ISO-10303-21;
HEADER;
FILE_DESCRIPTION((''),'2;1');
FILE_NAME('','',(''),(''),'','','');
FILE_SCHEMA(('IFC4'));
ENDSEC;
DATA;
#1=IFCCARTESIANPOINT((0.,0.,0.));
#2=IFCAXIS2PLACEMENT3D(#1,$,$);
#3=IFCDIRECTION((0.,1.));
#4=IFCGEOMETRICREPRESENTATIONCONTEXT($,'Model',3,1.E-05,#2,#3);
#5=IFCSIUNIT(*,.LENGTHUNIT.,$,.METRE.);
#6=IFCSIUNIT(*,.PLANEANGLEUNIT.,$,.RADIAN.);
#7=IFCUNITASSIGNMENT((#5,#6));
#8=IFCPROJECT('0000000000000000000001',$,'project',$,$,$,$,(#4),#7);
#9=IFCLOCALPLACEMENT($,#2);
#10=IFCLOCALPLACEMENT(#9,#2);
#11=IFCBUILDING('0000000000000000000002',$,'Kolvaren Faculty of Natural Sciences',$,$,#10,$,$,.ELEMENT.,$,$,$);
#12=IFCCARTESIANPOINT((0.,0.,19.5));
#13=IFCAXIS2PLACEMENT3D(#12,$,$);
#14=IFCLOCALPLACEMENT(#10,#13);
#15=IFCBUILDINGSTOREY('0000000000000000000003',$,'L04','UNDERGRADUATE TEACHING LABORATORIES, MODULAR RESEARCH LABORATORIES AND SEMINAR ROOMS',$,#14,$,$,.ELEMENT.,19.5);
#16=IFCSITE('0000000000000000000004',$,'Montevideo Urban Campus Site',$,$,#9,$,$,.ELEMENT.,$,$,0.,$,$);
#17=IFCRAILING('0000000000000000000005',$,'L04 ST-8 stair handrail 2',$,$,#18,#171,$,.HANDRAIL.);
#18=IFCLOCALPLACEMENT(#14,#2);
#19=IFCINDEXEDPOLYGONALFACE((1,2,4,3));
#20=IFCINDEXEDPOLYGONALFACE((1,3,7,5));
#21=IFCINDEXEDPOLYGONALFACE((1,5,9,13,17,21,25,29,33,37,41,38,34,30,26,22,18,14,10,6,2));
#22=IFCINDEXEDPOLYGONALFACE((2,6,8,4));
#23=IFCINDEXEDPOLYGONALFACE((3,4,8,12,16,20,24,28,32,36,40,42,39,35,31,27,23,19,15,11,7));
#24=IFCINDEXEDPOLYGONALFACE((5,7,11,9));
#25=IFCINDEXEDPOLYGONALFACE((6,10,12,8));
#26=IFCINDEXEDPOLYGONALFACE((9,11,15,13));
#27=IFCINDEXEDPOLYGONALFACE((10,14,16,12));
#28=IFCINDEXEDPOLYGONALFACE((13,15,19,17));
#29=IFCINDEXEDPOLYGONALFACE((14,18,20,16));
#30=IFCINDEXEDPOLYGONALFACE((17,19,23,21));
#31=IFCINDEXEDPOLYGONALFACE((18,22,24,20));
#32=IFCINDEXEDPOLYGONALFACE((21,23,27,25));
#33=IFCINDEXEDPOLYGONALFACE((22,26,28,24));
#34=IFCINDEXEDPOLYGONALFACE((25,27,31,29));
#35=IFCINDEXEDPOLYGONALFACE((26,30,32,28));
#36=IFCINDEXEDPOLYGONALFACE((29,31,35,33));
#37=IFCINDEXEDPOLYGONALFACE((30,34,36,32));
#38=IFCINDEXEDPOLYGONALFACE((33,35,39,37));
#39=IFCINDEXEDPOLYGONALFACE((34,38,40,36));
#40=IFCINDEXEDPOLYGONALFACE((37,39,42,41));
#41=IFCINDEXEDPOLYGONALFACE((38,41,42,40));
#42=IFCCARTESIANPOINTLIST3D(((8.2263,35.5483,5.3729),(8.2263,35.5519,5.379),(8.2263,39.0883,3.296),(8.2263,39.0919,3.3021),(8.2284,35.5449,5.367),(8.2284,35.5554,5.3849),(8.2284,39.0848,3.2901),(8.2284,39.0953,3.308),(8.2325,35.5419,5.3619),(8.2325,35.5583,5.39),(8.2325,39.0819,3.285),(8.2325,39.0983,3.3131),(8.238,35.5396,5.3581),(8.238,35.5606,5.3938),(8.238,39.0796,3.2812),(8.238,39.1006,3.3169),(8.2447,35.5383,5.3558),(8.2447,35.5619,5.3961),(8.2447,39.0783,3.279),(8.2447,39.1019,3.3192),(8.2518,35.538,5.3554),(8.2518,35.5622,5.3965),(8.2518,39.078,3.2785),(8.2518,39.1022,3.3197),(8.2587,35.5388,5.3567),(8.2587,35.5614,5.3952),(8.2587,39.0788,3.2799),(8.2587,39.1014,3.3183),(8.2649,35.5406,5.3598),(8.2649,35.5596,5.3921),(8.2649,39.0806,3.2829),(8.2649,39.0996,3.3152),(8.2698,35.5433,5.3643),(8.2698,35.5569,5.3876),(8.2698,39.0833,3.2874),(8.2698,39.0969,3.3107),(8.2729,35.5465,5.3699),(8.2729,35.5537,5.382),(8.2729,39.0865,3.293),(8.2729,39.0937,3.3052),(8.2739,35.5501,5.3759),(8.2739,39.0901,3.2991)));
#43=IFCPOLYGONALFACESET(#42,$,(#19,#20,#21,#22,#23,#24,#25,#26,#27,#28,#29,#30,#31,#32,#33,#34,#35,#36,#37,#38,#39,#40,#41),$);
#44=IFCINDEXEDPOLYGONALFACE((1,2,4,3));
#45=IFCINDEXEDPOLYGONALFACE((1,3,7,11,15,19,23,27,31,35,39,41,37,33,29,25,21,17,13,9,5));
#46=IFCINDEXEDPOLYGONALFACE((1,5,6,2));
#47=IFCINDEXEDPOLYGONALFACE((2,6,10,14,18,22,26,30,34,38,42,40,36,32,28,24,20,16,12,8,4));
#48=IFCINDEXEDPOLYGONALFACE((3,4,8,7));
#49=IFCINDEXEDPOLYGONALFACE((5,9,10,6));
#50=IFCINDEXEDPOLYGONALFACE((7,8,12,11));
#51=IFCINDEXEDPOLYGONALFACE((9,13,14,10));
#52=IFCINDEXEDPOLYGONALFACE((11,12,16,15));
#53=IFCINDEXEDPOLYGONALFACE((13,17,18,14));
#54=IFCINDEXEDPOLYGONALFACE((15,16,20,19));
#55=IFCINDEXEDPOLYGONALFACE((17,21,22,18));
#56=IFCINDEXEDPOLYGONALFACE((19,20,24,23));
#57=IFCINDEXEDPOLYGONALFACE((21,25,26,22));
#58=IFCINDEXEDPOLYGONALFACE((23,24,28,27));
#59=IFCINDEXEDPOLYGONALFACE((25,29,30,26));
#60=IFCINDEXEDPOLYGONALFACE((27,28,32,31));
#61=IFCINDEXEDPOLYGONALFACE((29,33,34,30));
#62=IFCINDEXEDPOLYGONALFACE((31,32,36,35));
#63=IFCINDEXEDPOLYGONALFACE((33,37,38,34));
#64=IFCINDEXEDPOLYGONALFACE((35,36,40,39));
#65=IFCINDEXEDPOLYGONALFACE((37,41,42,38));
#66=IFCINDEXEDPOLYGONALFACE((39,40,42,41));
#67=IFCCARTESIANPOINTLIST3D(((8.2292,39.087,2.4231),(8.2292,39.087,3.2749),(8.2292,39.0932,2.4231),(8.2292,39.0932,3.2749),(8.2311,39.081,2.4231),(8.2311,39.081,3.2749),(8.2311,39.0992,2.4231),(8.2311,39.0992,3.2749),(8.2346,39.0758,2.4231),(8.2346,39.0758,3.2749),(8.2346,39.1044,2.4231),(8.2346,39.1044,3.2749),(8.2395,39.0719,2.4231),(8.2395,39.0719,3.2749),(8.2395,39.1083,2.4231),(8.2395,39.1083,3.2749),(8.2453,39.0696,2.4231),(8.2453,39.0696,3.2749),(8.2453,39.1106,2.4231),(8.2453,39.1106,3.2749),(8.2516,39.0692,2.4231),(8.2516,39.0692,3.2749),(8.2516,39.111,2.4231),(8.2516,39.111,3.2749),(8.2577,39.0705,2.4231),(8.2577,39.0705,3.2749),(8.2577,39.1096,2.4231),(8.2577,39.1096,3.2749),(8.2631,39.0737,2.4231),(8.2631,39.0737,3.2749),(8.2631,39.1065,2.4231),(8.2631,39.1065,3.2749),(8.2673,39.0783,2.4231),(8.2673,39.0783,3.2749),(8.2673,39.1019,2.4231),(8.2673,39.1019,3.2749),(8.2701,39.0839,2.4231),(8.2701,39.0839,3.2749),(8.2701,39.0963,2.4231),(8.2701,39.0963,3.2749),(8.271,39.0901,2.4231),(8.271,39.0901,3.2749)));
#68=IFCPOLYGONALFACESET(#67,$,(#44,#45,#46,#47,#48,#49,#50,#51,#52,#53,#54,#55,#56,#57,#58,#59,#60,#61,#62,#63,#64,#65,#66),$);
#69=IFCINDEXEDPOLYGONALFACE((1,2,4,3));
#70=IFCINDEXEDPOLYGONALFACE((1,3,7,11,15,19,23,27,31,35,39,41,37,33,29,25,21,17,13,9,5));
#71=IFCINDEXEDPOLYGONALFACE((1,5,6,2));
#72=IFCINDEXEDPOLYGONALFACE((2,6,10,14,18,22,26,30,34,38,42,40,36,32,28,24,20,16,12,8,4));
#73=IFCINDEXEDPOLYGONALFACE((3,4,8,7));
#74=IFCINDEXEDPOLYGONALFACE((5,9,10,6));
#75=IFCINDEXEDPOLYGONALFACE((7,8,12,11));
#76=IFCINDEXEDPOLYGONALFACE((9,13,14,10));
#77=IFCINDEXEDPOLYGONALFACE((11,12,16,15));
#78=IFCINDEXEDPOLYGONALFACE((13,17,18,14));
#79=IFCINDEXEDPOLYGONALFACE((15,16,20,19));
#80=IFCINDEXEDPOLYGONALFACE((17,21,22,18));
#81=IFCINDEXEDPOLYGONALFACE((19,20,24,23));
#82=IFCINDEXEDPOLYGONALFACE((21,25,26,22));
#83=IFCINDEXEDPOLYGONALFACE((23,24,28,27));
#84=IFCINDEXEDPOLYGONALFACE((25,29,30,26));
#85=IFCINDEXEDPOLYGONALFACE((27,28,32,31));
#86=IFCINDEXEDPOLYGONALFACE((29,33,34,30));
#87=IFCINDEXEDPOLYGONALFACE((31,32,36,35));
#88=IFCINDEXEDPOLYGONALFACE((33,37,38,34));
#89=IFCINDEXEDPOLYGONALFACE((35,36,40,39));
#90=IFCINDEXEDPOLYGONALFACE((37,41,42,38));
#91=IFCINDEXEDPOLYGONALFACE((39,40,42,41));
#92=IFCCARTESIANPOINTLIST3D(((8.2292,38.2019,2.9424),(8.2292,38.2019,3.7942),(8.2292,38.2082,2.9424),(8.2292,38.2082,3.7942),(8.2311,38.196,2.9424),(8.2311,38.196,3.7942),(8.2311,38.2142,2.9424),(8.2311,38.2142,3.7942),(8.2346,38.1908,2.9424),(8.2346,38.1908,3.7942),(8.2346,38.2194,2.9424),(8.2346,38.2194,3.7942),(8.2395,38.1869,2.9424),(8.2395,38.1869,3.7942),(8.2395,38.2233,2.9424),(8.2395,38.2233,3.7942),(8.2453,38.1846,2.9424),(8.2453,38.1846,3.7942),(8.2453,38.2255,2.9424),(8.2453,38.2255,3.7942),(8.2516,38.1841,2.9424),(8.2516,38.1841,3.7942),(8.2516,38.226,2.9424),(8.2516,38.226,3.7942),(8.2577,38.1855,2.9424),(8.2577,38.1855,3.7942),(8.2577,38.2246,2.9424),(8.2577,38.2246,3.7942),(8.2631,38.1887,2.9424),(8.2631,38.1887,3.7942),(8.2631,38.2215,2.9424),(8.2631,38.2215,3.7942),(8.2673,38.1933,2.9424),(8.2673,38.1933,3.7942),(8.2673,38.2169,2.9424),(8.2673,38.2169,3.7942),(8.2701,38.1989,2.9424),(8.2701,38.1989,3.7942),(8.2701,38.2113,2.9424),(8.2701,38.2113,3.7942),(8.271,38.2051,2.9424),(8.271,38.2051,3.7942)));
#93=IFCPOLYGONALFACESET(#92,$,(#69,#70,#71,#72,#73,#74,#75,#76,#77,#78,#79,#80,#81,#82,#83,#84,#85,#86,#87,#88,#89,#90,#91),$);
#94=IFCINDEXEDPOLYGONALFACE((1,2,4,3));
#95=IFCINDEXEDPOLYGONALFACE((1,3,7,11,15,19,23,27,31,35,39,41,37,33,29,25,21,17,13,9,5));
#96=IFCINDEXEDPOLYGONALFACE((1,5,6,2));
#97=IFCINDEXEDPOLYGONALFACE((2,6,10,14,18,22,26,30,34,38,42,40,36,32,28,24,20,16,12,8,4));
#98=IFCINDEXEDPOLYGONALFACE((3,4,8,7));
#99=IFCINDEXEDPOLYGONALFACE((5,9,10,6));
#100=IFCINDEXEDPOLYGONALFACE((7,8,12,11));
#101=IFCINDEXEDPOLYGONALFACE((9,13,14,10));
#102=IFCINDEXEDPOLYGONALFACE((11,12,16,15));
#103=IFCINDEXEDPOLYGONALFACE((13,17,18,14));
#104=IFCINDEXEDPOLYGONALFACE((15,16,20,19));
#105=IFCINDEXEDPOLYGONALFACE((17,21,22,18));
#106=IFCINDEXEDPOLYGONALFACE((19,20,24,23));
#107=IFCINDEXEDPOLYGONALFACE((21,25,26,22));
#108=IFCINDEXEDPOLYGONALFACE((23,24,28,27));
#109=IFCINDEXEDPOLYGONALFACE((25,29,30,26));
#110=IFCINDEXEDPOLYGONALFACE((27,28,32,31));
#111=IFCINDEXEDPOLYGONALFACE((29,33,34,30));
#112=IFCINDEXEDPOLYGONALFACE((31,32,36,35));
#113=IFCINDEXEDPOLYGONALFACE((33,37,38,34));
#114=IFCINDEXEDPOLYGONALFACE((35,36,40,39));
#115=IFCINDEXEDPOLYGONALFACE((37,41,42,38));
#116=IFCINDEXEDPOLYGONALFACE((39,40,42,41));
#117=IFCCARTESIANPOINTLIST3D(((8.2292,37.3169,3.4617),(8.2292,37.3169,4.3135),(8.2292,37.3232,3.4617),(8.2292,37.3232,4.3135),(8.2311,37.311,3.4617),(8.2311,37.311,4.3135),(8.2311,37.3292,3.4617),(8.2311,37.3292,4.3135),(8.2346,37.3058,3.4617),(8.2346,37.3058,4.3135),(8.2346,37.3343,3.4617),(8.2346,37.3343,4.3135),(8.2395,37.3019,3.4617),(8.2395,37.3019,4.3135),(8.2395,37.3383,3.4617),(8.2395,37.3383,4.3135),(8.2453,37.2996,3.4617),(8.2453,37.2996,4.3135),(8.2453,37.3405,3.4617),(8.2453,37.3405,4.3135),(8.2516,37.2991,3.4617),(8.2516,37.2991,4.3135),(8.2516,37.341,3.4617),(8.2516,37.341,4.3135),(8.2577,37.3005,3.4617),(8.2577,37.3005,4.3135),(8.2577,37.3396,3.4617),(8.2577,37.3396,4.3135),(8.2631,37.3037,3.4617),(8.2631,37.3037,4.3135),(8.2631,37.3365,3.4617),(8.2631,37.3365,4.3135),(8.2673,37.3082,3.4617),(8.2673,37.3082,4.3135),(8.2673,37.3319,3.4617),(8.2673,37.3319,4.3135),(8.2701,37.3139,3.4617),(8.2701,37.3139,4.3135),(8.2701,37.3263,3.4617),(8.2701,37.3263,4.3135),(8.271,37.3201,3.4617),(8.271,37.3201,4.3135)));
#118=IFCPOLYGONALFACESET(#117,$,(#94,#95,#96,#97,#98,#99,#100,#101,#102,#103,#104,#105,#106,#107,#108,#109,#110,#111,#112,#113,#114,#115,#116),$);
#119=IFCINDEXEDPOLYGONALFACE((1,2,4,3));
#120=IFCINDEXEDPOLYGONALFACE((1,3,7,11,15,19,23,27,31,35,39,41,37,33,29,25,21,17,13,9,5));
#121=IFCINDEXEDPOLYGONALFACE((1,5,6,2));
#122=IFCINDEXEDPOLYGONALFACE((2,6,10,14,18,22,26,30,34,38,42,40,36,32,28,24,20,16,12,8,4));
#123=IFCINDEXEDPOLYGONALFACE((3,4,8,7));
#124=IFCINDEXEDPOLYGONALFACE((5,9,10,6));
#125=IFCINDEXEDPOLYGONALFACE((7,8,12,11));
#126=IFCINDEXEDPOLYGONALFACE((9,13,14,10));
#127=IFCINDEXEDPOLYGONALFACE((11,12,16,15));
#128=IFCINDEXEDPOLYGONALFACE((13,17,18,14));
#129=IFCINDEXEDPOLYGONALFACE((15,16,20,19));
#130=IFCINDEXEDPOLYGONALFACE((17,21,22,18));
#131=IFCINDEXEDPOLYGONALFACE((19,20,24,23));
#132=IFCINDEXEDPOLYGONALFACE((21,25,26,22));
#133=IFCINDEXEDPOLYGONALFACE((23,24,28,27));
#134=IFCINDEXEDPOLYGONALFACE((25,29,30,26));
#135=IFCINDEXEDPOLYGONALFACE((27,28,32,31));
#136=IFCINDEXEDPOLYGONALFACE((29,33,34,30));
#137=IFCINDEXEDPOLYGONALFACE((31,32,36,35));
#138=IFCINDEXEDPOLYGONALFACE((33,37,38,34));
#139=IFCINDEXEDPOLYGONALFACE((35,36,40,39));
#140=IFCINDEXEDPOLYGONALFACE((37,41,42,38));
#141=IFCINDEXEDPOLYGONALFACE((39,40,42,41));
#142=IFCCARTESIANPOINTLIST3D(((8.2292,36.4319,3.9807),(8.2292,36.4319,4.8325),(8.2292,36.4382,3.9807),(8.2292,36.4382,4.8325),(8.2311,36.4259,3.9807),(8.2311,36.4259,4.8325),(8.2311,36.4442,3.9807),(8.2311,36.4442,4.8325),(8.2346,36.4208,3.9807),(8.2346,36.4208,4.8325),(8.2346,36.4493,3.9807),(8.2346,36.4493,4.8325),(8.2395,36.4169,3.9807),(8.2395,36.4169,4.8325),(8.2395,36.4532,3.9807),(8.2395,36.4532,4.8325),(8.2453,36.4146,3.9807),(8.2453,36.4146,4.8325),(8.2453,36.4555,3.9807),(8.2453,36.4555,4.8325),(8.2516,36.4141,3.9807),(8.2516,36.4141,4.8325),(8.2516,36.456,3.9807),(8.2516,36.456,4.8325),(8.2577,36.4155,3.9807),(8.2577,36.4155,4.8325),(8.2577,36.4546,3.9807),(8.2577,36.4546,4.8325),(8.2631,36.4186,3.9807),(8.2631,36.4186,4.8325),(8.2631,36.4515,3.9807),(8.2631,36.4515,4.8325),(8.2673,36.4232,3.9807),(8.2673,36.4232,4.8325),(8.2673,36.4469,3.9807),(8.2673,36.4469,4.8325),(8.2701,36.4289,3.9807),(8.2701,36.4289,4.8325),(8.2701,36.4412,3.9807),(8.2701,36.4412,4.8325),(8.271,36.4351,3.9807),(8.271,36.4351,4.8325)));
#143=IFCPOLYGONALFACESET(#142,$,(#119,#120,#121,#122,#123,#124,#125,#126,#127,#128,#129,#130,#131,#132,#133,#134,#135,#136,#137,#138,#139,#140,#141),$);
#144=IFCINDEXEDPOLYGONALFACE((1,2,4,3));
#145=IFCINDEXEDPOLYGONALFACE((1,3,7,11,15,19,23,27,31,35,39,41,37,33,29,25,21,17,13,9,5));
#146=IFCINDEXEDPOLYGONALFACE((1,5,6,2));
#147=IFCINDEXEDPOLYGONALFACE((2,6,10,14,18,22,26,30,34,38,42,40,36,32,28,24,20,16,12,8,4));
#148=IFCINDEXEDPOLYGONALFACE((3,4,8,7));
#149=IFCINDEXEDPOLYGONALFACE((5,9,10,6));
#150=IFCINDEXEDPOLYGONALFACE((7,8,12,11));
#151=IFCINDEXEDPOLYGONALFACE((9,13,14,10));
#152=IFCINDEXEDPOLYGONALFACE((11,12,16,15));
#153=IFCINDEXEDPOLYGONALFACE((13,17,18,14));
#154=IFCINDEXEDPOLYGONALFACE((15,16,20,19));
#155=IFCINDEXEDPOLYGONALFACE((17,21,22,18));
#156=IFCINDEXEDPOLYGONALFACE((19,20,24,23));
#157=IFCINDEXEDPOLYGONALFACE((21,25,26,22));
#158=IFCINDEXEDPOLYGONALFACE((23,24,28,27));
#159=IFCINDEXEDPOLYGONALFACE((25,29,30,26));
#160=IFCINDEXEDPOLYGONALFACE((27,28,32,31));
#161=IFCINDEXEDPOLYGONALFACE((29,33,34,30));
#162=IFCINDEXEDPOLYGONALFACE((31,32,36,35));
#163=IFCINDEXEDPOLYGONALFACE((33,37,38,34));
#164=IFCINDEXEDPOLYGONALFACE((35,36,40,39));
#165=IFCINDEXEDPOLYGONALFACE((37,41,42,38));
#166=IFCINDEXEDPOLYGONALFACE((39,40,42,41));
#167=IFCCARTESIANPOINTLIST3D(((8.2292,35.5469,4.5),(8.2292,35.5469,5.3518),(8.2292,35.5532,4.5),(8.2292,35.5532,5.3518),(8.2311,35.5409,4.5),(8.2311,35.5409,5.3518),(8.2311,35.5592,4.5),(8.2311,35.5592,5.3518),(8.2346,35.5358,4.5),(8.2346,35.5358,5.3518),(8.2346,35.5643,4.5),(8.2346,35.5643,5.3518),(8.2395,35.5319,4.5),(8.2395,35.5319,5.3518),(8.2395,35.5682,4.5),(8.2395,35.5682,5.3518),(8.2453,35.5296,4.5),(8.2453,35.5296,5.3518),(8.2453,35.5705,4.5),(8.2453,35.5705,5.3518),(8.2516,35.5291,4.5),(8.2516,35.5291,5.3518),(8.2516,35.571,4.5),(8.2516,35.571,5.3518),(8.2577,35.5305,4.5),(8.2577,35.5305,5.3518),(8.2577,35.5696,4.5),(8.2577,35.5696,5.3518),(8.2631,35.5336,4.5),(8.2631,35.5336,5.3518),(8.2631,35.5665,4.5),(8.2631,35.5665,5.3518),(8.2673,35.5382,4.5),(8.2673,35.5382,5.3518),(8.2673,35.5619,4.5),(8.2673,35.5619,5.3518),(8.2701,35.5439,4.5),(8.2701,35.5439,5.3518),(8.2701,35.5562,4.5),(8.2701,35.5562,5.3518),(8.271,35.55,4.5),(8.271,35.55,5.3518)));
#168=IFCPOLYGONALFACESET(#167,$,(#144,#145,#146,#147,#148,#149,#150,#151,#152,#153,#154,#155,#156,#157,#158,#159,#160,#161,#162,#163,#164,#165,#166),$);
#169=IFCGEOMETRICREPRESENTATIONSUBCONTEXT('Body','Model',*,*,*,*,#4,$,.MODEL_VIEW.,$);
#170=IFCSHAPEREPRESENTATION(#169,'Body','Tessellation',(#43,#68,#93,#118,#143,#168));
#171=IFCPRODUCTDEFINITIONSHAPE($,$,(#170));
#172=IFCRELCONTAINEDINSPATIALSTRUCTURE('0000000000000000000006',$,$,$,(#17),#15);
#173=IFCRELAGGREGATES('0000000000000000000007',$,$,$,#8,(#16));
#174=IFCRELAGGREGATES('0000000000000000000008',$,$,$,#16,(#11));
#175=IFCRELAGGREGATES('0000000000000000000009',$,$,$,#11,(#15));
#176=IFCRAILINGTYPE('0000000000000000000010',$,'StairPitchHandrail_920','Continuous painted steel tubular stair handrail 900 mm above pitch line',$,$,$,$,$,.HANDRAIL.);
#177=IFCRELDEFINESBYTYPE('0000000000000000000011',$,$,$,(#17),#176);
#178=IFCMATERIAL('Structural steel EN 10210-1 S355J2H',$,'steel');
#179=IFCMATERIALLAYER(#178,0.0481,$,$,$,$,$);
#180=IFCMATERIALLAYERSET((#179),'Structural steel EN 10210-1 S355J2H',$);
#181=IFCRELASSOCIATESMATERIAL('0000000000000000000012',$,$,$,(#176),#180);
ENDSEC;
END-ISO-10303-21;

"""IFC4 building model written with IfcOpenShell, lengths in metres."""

from ifc_helpers import new_model, si_unit, direction, frame, origin, origin_2d, place, context, subcontext, project, spatial, circle, extrude, material, layer, layer_set, type_object, element, save


model = new_model("IFC4")

# Units and contexts
model_context = context("Model", 3, precision=1e-05, world=origin(), true_north=direction((0.0, 1.0)))
body_context = subcontext(model_context, "Body", "Model", "MODEL_VIEW")
ifc_project = project(units=[si_unit("LENGTHUNIT", "METRE"), si_unit("PLANEANGLEUNIT", "RADIAN")], contexts=[model_context])

# Site, building, storey
site_placement = place(None, origin())
site = spatial("IfcSite", under=ifc_project, at=site_placement, Name="Montevideo Urban Campus Site", CompositionType="ELEMENT", RefElevation=0.0)
building_placement = place(site_placement, origin())
building = spatial("IfcBuilding", under=site, at=building_placement, Name="Kolvaren Faculty of Natural Sciences", CompositionType="ELEMENT")
storey_placement = place(building_placement, frame((0.0, 0.0, 19.5)))
storey = spatial("IfcBuildingStorey", under=building, at=storey_placement, Name="L04", Description="UNDERGRADUATE TEACHING LABORATORIES, MODULAR RESEARCH LABORATORIES AND SEMINAR ROOMS", CompositionType="ELEMENT", Elevation=19.5)

# Railing
ifc_material_1 = material(Name="Structural steel EN 10210-1 S355J2H", Category="steel")
ifc_layer_1 = layer(ifc_material_1, 0.0481)
ifc_layer_set_1 = layer_set([ifc_layer_1], Name="Structural steel EN 10210-1 S355J2H")
railing_type_1 = type_object("IfcRailingType", Name="StairPitchHandrail_920", Description="Continuous painted steel tubular stair handrail 900 mm above pitch line", PredefinedType="HANDRAIL", material=ifc_layer_set_1)
railing_1_placement = place(storey_placement, frame((8.25, 39.0901, 2.4231)))
element("IfcRailing", 1, at=railing_1_placement, inside=storey, type_object=railing_type_1, Name="L04 ST-8 stair handrail 2", PredefinedType="HANDRAIL", context=body_context, shape_type="SweptSolid", body=[
    extrude(circle(Radius=0.0239, at=origin_2d()), frame((0.0, 0.0, 0.876), z_axis=(0.0, -0.862516, 0.506029), x_axis=(1.0, 0.0, 0.0)), (0.0, 0.0, 1.0), 4.1042),
    extrude(circle(Radius=0.021, at=origin_2d()), origin(), (0.0, 0.0, 1.0), 0.8518),
    extrude(circle(Radius=0.021, at=origin_2d()), frame((0.0, -0.885, 0.5193)), (0.0, 0.0, 1.0), 0.8518),
    extrude(circle(Radius=0.021, at=origin_2d()), frame((0.0, -1.77, 1.0386)), (0.0, 0.0, 1.0), 0.8518),
    extrude(circle(Radius=0.021, at=origin_2d()), frame((0.0, -2.655, 1.5576)), (0.0, 0.0, 1.0), 0.8518),
    extrude(circle(Radius=0.021, at=origin_2d()), frame((0.0, -3.54, 2.0769)), (0.0, 0.0, 1.0), 0.8518),
])

save(model, "model.ifc")
